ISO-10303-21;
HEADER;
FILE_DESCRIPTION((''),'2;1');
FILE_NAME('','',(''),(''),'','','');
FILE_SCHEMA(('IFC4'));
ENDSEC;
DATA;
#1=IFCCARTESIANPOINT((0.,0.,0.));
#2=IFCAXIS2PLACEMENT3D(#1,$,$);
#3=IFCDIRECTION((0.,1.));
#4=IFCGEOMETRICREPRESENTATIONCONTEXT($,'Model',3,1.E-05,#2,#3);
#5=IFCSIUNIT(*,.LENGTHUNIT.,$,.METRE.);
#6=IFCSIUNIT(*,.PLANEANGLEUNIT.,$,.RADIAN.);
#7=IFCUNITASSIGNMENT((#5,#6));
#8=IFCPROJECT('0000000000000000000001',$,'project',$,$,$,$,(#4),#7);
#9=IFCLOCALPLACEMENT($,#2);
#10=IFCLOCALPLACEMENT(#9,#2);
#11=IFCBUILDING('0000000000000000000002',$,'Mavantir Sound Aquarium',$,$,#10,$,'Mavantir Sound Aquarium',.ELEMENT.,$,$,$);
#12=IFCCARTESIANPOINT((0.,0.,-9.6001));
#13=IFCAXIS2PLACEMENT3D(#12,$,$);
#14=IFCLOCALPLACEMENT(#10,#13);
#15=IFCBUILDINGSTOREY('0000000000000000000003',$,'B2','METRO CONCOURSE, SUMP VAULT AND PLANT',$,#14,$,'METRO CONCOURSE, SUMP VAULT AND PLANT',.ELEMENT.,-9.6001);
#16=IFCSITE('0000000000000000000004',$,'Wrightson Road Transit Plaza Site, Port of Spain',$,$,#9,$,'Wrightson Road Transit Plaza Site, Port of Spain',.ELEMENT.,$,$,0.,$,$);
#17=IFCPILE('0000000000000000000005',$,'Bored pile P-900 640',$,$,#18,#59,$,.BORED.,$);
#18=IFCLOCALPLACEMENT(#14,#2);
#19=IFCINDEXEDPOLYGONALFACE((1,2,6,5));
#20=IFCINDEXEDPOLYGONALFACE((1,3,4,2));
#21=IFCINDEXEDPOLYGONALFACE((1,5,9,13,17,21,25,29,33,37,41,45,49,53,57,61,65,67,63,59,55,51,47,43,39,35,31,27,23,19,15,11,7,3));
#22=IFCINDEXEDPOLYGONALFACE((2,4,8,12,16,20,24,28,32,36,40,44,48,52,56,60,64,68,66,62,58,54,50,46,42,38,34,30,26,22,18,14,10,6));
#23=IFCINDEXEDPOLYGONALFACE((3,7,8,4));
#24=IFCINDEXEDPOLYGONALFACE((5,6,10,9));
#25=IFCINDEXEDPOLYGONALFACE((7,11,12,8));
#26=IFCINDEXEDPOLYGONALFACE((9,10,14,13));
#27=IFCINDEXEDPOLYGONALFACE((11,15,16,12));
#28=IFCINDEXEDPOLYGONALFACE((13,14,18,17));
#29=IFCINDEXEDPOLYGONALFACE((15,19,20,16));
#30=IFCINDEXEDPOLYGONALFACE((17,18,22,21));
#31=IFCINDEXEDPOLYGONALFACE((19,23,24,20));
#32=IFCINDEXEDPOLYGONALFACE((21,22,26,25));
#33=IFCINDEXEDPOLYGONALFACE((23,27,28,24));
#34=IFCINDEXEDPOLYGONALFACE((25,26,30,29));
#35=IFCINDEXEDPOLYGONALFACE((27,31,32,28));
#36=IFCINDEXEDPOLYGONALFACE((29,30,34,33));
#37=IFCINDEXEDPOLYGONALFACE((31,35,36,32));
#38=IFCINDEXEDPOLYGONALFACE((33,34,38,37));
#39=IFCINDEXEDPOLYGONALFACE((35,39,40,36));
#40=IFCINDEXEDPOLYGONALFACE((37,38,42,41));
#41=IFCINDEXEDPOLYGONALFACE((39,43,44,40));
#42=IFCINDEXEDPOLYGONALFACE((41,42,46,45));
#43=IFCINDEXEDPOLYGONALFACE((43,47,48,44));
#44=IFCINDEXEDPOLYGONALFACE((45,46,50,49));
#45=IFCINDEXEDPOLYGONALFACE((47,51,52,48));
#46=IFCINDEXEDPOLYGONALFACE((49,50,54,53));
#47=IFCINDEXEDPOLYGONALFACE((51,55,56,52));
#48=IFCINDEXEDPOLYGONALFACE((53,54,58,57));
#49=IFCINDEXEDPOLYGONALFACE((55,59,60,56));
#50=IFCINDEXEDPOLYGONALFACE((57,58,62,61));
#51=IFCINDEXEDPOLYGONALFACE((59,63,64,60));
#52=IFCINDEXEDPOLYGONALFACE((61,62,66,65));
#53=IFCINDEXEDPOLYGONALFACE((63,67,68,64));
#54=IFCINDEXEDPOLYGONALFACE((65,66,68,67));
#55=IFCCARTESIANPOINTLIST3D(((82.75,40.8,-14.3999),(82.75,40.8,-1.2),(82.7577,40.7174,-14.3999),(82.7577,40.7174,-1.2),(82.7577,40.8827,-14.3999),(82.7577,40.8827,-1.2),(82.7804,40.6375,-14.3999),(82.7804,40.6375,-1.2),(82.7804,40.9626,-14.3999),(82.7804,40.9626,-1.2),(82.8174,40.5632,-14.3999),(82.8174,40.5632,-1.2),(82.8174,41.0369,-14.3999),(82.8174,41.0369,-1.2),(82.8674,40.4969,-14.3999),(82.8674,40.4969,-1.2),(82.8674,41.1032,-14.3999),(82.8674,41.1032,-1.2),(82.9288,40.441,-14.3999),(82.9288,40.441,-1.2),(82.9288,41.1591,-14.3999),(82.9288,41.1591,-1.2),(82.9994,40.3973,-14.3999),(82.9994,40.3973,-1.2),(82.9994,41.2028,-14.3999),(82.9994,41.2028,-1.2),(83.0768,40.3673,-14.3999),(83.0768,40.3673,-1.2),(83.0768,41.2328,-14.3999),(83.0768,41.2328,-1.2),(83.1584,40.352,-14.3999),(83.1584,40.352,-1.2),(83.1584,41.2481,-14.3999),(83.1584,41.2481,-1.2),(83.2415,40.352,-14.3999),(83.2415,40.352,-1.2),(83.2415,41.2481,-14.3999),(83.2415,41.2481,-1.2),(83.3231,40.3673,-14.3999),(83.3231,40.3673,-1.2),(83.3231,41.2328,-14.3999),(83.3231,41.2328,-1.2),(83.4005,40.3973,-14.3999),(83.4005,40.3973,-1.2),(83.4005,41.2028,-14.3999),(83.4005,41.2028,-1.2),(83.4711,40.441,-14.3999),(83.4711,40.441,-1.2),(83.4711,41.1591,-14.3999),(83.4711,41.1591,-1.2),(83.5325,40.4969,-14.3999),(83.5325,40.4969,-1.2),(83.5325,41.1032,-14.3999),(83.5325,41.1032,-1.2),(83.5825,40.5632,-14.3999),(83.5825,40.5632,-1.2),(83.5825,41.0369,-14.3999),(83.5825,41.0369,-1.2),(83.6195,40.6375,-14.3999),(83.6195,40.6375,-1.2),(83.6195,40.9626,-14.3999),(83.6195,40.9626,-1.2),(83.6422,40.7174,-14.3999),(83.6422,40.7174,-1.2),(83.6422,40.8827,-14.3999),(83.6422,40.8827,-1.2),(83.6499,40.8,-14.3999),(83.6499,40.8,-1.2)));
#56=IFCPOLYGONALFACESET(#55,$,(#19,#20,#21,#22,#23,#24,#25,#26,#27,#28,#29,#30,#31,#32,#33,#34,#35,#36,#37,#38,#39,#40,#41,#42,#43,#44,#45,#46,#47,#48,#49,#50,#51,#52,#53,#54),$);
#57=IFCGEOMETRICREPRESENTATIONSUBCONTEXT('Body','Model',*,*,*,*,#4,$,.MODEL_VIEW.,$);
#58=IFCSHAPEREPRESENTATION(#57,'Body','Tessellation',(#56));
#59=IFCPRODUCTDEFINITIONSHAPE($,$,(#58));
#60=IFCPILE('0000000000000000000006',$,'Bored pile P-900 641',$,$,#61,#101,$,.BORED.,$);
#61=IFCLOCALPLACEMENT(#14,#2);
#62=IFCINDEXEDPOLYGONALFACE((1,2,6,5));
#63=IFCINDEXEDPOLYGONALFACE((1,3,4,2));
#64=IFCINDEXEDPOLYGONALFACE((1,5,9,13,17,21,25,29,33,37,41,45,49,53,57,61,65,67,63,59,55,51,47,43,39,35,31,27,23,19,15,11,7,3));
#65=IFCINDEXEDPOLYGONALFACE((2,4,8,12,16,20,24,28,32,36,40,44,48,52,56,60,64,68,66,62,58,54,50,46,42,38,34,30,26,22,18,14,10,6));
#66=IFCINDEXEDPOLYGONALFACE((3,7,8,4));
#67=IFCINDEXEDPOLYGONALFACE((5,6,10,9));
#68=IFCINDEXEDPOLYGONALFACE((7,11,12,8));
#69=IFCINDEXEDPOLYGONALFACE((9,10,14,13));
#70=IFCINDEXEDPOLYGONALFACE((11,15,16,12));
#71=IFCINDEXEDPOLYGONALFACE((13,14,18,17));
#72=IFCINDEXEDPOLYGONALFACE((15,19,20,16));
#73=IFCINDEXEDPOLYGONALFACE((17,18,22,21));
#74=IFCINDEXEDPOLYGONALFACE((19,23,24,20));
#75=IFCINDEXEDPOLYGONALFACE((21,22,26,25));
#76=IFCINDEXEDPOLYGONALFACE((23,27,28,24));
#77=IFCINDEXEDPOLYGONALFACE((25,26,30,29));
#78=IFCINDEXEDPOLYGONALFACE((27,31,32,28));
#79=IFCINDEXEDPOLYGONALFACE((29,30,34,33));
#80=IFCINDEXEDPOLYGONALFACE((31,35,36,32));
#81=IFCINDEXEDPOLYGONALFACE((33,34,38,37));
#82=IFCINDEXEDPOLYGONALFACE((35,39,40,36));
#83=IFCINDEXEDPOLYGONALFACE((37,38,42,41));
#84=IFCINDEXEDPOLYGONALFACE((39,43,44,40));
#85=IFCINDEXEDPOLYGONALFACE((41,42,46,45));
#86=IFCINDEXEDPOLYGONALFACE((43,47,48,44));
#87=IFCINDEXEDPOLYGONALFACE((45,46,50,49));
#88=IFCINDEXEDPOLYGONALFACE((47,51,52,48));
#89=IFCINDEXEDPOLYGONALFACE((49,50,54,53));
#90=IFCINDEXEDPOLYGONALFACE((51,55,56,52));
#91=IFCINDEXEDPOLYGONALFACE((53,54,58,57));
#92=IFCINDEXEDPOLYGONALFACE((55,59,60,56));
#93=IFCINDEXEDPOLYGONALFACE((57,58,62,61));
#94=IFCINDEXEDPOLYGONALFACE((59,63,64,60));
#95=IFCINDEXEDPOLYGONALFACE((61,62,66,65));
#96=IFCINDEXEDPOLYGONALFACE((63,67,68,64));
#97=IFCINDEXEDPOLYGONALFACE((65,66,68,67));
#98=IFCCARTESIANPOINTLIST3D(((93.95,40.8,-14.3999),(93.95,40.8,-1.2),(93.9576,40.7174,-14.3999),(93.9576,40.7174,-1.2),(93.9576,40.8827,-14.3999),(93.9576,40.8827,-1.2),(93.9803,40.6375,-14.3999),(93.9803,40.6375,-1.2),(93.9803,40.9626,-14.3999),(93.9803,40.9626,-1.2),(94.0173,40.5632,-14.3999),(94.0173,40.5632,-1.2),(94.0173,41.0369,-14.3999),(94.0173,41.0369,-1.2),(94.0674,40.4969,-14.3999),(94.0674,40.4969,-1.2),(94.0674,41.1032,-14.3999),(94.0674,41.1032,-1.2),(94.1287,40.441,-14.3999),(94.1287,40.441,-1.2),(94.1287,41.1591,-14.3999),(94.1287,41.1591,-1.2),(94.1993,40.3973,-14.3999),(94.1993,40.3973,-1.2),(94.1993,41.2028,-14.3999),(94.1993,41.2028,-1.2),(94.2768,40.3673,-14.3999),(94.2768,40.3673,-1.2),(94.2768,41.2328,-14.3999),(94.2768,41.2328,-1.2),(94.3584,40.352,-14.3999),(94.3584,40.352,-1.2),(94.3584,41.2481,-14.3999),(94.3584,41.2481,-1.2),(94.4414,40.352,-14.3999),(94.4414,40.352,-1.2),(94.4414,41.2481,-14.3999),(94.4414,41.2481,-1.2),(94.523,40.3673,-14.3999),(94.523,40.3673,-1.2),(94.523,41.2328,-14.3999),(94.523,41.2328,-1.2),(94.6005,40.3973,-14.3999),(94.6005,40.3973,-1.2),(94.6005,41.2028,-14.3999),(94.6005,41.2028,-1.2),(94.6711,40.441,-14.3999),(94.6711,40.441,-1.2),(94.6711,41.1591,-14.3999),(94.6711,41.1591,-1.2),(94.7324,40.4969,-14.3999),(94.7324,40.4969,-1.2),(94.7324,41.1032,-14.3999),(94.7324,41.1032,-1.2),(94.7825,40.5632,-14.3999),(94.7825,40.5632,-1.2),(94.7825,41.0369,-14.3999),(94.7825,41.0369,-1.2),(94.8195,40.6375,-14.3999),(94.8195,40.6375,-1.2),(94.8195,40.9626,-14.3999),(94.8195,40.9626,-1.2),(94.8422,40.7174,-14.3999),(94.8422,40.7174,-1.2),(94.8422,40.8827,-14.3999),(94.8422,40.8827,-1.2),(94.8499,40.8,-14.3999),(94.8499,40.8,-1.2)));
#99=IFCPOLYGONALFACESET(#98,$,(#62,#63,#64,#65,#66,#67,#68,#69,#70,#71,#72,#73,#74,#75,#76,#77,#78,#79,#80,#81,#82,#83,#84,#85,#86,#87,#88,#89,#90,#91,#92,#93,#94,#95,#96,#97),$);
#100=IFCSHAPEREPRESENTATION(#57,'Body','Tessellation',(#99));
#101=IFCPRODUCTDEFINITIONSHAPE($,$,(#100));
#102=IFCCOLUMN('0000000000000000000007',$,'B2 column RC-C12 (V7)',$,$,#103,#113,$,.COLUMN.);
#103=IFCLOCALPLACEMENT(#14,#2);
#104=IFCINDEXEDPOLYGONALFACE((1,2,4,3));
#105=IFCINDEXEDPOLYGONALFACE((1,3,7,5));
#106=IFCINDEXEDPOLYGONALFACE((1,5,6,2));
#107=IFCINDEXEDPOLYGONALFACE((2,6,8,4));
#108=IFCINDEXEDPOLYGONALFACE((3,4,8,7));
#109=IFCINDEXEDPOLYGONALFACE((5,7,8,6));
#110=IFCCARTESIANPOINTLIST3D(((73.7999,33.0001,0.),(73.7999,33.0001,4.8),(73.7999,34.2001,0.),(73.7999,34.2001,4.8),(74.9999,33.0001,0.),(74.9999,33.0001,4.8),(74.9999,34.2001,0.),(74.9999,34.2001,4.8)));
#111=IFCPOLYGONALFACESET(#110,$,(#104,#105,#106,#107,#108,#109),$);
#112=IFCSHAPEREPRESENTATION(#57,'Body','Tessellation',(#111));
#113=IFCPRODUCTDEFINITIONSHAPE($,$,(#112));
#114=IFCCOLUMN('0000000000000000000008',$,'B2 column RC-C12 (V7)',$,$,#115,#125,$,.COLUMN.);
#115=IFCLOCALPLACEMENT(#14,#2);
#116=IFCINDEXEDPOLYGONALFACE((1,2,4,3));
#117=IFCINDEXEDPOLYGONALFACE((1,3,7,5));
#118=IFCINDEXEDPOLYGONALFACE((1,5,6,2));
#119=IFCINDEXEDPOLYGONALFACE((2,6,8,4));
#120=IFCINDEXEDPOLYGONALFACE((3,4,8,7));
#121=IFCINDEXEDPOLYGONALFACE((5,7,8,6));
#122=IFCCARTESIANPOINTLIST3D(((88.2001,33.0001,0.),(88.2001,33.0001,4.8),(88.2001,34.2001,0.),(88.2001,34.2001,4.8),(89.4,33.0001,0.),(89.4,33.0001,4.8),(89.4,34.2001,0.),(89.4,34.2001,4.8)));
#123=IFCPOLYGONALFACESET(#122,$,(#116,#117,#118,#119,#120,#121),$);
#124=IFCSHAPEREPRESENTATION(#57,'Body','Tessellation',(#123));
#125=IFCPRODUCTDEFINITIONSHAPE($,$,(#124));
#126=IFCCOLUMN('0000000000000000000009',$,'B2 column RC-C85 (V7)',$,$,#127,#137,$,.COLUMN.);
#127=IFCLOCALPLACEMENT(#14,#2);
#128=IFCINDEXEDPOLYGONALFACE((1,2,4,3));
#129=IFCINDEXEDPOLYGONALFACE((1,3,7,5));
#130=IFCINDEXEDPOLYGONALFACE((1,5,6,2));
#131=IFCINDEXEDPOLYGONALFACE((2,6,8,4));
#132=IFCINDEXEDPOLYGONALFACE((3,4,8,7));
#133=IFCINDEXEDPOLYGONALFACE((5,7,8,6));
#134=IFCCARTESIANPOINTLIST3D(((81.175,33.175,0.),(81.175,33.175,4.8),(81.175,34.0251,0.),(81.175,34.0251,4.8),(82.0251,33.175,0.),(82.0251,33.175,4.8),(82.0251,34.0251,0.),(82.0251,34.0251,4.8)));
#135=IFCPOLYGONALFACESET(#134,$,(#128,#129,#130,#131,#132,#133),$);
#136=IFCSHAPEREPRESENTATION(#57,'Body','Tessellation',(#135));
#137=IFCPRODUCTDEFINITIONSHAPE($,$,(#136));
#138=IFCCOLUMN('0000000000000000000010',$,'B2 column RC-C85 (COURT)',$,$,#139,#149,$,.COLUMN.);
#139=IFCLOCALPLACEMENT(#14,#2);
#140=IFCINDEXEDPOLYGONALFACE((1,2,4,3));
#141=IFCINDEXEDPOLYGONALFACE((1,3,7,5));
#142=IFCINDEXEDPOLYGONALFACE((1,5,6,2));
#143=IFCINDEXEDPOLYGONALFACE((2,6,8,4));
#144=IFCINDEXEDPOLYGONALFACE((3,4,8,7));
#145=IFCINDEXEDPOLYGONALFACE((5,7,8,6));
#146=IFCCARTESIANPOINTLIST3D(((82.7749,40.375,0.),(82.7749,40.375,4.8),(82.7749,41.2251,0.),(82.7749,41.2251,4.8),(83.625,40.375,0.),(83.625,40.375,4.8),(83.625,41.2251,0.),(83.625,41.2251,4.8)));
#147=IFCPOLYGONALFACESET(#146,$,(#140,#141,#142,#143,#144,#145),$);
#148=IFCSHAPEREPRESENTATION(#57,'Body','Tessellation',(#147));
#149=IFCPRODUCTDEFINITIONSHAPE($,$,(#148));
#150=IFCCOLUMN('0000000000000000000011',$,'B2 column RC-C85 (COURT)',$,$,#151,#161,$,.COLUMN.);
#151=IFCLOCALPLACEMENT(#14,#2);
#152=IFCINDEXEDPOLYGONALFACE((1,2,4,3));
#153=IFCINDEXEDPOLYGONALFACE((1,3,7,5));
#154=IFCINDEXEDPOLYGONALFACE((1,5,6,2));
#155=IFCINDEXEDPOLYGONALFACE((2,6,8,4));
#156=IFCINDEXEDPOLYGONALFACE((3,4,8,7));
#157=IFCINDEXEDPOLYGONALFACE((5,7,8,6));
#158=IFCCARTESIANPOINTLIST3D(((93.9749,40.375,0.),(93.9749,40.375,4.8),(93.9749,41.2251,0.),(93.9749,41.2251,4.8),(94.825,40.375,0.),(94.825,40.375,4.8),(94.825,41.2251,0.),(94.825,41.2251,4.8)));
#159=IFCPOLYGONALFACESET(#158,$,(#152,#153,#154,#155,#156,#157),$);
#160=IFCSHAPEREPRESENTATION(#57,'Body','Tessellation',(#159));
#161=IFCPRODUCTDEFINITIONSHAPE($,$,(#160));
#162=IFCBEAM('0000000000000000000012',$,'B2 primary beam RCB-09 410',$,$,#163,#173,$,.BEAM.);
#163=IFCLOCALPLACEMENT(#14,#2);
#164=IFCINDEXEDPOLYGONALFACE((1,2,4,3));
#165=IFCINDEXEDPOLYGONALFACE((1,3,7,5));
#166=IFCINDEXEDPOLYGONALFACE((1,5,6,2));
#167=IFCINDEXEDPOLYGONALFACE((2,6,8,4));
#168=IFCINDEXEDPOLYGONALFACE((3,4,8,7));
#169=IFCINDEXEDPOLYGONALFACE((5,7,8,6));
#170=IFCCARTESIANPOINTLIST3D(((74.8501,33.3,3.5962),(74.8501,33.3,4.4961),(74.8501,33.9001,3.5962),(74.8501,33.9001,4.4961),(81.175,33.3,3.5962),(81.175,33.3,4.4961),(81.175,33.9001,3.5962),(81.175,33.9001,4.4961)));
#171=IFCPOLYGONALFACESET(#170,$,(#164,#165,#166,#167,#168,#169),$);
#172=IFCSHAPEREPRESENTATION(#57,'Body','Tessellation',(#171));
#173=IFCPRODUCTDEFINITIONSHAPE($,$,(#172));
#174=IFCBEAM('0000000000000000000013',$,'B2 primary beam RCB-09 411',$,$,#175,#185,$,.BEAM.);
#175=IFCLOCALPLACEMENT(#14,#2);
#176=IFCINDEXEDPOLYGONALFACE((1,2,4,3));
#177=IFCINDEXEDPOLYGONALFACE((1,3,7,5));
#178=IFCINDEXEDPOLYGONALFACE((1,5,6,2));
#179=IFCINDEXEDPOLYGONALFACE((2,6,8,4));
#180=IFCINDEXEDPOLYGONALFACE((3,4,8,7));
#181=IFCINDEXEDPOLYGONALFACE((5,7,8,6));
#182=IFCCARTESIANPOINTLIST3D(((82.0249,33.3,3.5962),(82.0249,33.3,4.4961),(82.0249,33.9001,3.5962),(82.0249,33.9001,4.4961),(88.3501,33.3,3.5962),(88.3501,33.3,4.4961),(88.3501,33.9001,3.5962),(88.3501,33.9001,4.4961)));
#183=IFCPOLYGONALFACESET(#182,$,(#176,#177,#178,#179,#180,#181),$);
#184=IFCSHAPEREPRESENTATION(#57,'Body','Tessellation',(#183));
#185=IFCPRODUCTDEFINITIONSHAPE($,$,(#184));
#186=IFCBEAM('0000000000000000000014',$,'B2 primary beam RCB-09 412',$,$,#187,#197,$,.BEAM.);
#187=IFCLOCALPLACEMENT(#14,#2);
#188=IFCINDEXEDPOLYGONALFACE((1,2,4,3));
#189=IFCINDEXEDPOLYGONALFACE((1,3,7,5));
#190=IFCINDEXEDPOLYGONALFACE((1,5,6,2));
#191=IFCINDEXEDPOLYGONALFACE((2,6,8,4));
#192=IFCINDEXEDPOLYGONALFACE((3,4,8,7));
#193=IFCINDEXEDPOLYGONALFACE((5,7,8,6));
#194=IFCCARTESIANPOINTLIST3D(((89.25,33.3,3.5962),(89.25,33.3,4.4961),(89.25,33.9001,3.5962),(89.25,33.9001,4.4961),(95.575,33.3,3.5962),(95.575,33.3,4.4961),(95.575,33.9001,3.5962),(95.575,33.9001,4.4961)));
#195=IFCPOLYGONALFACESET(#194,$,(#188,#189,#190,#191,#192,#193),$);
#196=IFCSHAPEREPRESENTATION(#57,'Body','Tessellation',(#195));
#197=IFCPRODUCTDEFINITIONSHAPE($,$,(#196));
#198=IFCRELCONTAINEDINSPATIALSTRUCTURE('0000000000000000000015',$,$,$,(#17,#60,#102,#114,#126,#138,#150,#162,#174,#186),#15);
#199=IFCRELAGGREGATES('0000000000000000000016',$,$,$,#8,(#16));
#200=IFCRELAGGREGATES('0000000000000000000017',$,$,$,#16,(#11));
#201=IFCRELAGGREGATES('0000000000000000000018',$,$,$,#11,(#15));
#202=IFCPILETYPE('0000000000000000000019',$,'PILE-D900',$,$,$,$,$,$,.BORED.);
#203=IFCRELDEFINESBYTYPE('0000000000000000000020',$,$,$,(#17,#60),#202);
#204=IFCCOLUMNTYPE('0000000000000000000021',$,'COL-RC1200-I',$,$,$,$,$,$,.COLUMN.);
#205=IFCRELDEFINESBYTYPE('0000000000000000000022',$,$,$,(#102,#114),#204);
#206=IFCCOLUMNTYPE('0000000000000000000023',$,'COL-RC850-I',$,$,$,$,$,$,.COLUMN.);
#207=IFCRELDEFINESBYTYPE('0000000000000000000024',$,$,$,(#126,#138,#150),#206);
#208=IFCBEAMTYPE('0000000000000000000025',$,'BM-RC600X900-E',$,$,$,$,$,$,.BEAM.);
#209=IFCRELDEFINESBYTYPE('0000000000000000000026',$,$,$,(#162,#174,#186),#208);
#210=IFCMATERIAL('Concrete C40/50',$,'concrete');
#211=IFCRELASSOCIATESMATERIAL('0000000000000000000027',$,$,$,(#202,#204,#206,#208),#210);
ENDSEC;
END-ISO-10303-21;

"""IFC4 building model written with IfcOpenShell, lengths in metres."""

from ifc_helpers import new_model, si_unit, direction, frame, origin, origin_2d, place, context, subcontext, project, spatial, rectangle, circle, extrude, material, material_profile, profile_set, type_object, element, save


model = new_model("IFC4")

# Units and contexts
model_context = context("Model", 3, precision=1e-05, world=origin(), true_north=direction((0.0, 1.0)))
body_context = subcontext(model_context, "Body", "Model", "MODEL_VIEW")
ifc_project = project(units=[si_unit("LENGTHUNIT", "METRE"), si_unit("PLANEANGLEUNIT", "RADIAN")], contexts=[model_context])

# Site, building, storey
site_placement = place(None, origin())
site = spatial("IfcSite", under=ifc_project, at=site_placement, Name="Wrightson Road Transit Plaza Site, Port of Spain", LongName="Wrightson Road Transit Plaza Site, Port of Spain", CompositionType="ELEMENT", RefElevation=0.0)
building_placement = place(site_placement, origin())
building = spatial("IfcBuilding", under=site, at=building_placement, Name="Mavantir Sound Aquarium", LongName="Mavantir Sound Aquarium", CompositionType="ELEMENT")
storey_placement = place(building_placement, frame((0.0, 0.0, -9.6001)))
storey = spatial("IfcBuildingStorey", under=building, at=storey_placement, Name="B2", Description="METRO CONCOURSE, SUMP VAULT AND PLANT", LongName="METRO CONCOURSE, SUMP VAULT AND PLANT", CompositionType="ELEMENT", Elevation=-9.6001)

# Shared definitions
ifc_material_1 = material(Name="Concrete C40/50", Category="concrete")

# Piles
ifc_material_profile_1 = material_profile(ifc_material_1, circle(Radius=0.45, at=origin_2d()), Name="PILE D900")
ifc_profile_set_1 = profile_set([ifc_material_profile_1], Name="Concrete C40/50")
pile_type = type_object("IfcPileType", Name="PILE-D900", PredefinedType="BORED", material=ifc_profile_set_1)
for number, where, z_axis, x_axis, name in (
    (1, (83.2, 40.8, -1.2), (0.0, 0.0, -1.0), (1.0, 0.0, 0.0), "Bored pile P-900 640"),
    (2, (94.3999, 40.8, -1.2), (0.0, 0.0, -1.0), (1.0, 0.0, 0.0), "Bored pile P-900 641"),
):
    element("IfcPile", number, at=place(storey_placement, frame(where, z_axis=z_axis, x_axis=x_axis)), inside=storey, type_object=pile_type, Name=name, PredefinedType="BORED", context=body_context, shape_type="SweptSolid", body=[
        extrude(circle(Radius=0.45, at=origin_2d()), origin(), (0.0, 0.0, 1.0), 13.2),
    ])

# Columns
ifc_material_profile_2 = material_profile(ifc_material_1, rectangle(XDim=1.2, YDim=1.2, at=origin_2d()), Name="RC 1200X1200")
ifc_profile_set_2 = profile_set([ifc_material_profile_2], Name="Concrete C40/50")
column_type_1 = type_object("IfcColumnType", Name="COL-RC1200-I", PredefinedType="COLUMN", material=ifc_profile_set_2)
for number, where, z_axis, x_axis, name in (
    (3, (74.3999, 33.6001, 0.0), (0.0, 0.0, 1.0), (1.0, 0.0, 0.0), "B2 column RC-C12 (V7)"),
    (4, (88.8, 33.6001, 0.0), (0.0, 0.0, 1.0), (1.0, 0.0, 0.0), "B2 column RC-C12 (V7)"),
):
    element("IfcColumn", number, at=place(storey_placement, frame(where, z_axis=z_axis, x_axis=x_axis)), inside=storey, type_object=column_type_1, Name=name, PredefinedType="COLUMN", context=body_context, shape_type="SweptSolid", body=[
        extrude(rectangle(XDim=1.2, YDim=1.2, at=origin_2d()), origin(), (0.0, 0.0, 1.0), 4.8),
    ])
ifc_material_profile_3 = material_profile(ifc_material_1, rectangle(XDim=0.8501, YDim=0.8501, at=origin_2d()), Name="RC 850X850")
ifc_profile_set_3 = profile_set([ifc_material_profile_3], Name="Concrete C40/50")
column_type_2 = type_object("IfcColumnType", Name="COL-RC850-I", PredefinedType="COLUMN", material=ifc_profile_set_3)
for number, where, z_axis, x_axis, name in (
    (5, (81.6001, 33.6001, 0.0), (0.0, 0.0, 1.0), (1.0, 0.0, 0.0), "B2 column RC-C85 (V7)"),
    (6, (83.2, 40.8, 0.0), (0.0, 0.0, 1.0), (1.0, 0.0, 0.0), "B2 column RC-C85 (COURT)"),
    (7, (94.3999, 40.8, 0.0), (0.0, 0.0, 1.0), (1.0, 0.0, 0.0), "B2 column RC-C85 (COURT)"),
):
    element("IfcColumn", number, at=place(storey_placement, frame(where, z_axis=z_axis, x_axis=x_axis)), inside=storey, type_object=column_type_2, Name=name, PredefinedType="COLUMN", context=body_context, shape_type="SweptSolid", body=[
        extrude(rectangle(XDim=0.8501, YDim=0.8501, at=origin_2d()), origin(), (0.0, 0.0, 1.0), 4.8),
    ])

# Beams
ifc_material_profile_4 = material_profile(ifc_material_1, rectangle(XDim=0.6001, YDim=0.8999, at=origin_2d()), Name="RC 600X900")
ifc_profile_set_4 = profile_set([ifc_material_profile_4], Name="Concrete C40/50")
beam_type_1 = type_object("IfcBeamType", Name="BM-RC600X900-E", PredefinedType="BEAM", material=ifc_profile_set_4)
beam_1_placement = place(storey_placement, frame((74.8501, 33.6001, 4.0461), z_axis=(1.0, 0.0, 0.0), x_axis=(0.0, 1.0, 0.0)))
element("IfcBeam", 8, at=beam_1_placement, inside=storey, type_object=beam_type_1, Name="B2 primary beam RCB-09 410", PredefinedType="BEAM", context=body_context, shape_type="SweptSolid", body=[
    extrude(rectangle(XDim=0.6001, YDim=0.8999, at=origin_2d()), origin(), (0.0, 0.0, 1.0), 6.325),
])
beam_2_placement = place(storey_placement, frame((82.0249, 33.6001, 4.0461), z_axis=(1.0, 0.0, 0.0), x_axis=(0.0, 1.0, 0.0)))
element("IfcBeam", 9, at=beam_2_placement, inside=storey, type_object=beam_type_1, Name="B2 primary beam RCB-09 411", PredefinedType="BEAM", context=body_context, shape_type="SweptSolid", body=[
    extrude(rectangle(XDim=0.6001, YDim=0.8999, at=origin_2d()), origin(), (0.0, 0.0, 1.0), 6.3252),
])
beam_3_placement = place(storey_placement, frame((89.25, 33.6001, 4.0461), z_axis=(1.0, 0.0, 0.0), x_axis=(0.0, 1.0, 0.0)))
element("IfcBeam", 10, at=beam_3_placement, inside=storey, type_object=beam_type_1, Name="B2 primary beam RCB-09 412", PredefinedType="BEAM", context=body_context, shape_type="SweptSolid", body=[
    extrude(rectangle(XDim=0.6001, YDim=0.8999, at=origin_2d()), origin(), (0.0, 0.0, 1.0), 6.325),
])

save(model, "model.ifc")
